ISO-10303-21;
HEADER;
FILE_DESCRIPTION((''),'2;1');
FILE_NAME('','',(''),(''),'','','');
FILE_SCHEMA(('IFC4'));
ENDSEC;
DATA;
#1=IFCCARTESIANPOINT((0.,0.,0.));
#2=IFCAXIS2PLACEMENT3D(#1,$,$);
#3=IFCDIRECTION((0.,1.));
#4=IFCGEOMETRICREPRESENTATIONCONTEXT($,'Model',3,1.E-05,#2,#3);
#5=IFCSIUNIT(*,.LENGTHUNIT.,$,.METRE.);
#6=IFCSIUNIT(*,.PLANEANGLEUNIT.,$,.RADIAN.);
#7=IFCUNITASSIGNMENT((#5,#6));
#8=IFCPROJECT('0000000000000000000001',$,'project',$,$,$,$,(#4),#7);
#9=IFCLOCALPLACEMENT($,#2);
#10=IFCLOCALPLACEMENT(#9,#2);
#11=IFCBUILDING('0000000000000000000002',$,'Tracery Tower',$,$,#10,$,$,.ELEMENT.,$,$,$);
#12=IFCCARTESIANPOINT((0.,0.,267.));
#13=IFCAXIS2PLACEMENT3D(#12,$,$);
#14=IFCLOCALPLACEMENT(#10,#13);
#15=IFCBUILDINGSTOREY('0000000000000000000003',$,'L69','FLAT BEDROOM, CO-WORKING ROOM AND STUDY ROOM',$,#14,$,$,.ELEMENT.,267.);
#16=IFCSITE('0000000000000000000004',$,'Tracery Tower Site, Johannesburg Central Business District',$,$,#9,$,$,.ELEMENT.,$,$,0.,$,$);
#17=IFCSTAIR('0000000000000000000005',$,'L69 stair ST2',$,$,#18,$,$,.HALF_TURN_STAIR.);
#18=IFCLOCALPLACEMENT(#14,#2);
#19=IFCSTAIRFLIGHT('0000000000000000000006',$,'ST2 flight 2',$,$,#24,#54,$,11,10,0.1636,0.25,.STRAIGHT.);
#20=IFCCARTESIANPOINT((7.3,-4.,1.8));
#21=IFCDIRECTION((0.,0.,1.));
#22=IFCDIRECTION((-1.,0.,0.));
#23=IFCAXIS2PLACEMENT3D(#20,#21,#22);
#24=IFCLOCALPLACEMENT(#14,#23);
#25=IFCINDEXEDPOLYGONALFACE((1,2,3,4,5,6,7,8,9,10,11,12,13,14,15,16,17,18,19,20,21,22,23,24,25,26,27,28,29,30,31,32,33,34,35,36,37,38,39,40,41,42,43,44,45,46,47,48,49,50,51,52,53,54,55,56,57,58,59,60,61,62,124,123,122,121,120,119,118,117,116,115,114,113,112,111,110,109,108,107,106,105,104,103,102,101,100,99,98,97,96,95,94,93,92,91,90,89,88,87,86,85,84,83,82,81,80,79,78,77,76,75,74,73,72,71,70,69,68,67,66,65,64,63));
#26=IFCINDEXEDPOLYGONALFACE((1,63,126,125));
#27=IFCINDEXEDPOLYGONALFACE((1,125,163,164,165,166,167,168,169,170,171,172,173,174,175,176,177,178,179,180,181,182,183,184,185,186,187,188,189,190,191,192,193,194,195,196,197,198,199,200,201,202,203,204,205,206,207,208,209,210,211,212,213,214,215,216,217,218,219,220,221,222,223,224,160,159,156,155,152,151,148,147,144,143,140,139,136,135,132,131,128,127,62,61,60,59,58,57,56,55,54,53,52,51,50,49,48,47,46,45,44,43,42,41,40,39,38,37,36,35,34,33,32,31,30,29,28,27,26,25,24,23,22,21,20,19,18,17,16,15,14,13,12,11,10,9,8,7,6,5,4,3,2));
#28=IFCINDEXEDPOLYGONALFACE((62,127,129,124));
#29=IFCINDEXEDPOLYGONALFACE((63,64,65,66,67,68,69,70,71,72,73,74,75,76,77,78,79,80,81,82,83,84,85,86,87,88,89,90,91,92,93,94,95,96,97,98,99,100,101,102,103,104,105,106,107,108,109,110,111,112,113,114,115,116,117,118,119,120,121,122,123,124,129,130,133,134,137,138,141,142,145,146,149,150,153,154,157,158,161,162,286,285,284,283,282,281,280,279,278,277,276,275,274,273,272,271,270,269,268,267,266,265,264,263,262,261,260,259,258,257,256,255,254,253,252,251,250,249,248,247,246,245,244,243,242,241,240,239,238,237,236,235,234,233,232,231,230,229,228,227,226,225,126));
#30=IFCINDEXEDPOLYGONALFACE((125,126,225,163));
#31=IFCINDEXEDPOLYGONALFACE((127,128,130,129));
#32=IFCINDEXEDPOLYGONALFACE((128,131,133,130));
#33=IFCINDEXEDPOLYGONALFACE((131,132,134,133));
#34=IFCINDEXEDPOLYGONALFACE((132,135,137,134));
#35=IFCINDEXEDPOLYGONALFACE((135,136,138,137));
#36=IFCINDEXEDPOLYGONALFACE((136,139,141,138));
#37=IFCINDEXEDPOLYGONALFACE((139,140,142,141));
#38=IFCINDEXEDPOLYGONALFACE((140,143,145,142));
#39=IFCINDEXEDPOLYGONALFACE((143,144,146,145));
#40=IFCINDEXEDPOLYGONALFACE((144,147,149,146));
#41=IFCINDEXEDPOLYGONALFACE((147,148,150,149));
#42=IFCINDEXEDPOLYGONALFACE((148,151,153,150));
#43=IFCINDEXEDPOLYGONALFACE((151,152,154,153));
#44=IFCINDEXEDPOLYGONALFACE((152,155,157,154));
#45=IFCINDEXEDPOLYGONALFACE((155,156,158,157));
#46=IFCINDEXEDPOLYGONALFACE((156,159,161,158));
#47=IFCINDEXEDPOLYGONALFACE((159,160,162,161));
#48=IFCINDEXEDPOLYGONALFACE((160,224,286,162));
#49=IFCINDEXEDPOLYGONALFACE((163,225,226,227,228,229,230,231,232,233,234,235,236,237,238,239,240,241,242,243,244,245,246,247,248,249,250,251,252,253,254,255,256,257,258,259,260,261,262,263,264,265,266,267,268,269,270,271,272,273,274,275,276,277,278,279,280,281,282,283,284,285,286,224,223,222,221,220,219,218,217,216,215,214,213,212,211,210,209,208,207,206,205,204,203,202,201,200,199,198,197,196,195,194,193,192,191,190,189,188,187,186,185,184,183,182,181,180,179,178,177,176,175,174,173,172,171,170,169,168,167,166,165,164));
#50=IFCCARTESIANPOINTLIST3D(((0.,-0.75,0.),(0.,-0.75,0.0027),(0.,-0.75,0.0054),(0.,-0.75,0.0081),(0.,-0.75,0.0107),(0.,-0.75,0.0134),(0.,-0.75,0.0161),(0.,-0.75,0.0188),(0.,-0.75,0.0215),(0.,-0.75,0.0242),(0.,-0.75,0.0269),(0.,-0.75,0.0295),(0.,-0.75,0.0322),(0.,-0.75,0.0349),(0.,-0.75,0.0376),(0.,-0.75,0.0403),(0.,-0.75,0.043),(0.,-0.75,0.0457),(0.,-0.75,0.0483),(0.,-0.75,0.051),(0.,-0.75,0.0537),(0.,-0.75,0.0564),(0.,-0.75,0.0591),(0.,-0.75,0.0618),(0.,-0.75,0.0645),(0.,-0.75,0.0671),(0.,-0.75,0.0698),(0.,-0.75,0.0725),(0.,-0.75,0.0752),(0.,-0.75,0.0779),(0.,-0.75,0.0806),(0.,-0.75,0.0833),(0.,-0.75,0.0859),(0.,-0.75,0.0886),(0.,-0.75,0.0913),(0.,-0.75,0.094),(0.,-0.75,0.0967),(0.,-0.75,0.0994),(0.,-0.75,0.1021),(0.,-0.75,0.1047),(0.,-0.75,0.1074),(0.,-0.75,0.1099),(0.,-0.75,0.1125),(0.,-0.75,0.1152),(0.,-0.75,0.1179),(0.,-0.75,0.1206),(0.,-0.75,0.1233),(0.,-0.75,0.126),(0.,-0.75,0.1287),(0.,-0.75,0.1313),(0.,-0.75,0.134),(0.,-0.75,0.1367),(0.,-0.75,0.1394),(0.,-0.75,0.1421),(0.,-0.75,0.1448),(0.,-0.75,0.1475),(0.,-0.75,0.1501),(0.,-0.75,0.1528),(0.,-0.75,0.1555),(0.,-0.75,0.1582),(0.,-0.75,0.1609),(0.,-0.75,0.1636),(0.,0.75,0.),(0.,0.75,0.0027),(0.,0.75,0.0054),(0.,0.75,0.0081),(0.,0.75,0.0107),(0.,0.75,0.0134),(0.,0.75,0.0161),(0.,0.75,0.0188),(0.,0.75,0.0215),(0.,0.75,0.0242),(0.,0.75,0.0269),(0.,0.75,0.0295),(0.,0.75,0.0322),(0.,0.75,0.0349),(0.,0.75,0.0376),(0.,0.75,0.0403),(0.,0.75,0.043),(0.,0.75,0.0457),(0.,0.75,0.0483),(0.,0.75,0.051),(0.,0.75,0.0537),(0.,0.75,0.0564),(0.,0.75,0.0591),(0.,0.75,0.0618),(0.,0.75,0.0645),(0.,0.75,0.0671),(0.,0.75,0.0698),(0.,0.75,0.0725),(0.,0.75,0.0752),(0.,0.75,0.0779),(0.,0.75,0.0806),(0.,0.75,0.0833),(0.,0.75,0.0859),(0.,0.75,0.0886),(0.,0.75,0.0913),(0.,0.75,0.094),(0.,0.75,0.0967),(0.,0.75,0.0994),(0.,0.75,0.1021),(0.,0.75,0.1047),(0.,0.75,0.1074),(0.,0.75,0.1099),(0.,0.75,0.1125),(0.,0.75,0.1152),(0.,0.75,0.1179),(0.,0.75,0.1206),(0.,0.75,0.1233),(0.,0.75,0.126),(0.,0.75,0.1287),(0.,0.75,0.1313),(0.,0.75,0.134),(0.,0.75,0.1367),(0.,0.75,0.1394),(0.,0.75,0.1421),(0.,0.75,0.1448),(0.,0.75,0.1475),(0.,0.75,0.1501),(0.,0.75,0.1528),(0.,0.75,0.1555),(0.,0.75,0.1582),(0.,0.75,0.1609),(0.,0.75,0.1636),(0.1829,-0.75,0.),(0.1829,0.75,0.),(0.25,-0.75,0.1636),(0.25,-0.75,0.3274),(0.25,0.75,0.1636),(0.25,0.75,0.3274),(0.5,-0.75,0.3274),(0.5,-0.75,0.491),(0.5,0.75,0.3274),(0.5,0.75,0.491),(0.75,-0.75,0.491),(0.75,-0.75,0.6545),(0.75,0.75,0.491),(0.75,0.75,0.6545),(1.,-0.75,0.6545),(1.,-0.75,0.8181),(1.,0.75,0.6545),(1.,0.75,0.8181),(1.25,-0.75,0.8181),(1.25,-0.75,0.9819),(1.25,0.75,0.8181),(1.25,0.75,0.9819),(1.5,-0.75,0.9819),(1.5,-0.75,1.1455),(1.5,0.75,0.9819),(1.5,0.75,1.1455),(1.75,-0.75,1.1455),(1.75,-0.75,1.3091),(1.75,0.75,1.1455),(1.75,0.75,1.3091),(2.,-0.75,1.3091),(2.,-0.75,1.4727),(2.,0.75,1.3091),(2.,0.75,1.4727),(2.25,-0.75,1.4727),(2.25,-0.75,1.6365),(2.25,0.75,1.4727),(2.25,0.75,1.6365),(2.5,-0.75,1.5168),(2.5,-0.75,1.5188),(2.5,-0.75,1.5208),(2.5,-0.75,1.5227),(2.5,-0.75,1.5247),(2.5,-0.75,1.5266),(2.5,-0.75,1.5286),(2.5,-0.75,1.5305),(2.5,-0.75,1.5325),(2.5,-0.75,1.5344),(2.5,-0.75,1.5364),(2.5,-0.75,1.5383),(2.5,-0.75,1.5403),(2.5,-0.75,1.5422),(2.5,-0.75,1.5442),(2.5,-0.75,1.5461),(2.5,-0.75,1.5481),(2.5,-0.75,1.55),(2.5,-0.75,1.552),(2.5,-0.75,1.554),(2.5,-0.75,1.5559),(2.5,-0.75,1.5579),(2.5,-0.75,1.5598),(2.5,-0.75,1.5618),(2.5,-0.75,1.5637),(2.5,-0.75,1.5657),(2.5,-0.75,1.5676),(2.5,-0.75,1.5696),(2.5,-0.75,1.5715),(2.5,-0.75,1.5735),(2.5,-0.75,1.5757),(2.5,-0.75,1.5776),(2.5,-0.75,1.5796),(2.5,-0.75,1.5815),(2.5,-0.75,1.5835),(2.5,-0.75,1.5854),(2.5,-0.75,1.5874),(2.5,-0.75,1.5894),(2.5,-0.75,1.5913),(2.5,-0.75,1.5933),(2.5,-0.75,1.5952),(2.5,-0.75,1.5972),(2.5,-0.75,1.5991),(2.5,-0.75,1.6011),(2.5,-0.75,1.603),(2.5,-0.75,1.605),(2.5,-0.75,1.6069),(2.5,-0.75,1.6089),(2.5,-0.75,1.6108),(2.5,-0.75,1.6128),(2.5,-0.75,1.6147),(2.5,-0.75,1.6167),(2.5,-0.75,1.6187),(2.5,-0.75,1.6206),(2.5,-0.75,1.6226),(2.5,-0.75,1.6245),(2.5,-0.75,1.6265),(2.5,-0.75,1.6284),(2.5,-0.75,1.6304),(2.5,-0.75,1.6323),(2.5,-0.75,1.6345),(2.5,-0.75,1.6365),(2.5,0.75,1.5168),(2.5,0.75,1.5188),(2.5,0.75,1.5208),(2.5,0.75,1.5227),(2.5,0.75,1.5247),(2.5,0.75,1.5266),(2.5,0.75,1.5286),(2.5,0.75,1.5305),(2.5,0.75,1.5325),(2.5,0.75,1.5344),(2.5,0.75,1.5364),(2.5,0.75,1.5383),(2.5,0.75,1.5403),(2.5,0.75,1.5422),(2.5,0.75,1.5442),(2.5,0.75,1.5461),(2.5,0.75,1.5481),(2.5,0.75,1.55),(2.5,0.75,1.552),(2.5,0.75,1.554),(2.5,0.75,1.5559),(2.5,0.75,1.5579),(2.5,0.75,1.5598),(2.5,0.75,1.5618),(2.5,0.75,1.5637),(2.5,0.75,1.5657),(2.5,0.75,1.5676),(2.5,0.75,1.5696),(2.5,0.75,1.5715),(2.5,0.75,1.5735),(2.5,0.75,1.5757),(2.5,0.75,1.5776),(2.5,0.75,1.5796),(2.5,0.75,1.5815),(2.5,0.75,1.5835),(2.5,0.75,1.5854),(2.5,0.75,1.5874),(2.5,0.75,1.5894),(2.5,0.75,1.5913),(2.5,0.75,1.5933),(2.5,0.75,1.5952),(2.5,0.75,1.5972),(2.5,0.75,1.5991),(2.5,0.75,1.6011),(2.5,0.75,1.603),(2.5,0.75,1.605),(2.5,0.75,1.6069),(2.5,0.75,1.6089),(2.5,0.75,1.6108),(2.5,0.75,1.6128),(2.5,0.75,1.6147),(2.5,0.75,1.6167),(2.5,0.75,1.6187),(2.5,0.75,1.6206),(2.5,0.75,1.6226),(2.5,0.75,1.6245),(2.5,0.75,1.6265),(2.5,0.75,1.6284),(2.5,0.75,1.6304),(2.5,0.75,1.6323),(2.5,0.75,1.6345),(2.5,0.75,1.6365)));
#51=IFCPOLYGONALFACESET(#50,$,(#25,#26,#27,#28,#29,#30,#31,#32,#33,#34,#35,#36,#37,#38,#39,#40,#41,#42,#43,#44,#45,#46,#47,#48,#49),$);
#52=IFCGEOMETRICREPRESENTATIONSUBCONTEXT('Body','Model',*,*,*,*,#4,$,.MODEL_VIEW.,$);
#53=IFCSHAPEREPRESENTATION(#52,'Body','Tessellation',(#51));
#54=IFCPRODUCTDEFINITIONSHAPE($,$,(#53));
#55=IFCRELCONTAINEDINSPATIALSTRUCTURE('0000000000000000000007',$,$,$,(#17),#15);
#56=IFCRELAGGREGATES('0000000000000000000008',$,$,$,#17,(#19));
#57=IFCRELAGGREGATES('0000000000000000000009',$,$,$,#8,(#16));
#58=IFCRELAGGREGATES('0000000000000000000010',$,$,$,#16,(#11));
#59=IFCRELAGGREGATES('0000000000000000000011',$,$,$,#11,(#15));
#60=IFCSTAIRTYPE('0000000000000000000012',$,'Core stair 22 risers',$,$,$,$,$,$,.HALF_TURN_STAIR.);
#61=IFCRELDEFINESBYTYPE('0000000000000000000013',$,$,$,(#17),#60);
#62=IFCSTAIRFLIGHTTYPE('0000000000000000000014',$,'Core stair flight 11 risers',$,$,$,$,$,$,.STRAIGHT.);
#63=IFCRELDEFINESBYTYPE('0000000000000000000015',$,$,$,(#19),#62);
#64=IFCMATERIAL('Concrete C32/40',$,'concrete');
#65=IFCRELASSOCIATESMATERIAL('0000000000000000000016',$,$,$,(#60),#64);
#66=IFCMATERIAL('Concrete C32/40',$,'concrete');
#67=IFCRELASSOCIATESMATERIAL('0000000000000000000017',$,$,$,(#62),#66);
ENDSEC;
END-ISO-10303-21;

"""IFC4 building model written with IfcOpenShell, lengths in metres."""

from ifc_helpers import new_model, si_unit, direction, frame, origin, place, context, subcontext, project, spatial, polyline, outline, extrude, material, type_object, element, aggregate, save


model = new_model("IFC4")

# Units and contexts
model_context = context("Model", 3, precision=1e-05, world=origin(), true_north=direction((0.0, 1.0)))
body_context = subcontext(model_context, "Body", "Model", "MODEL_VIEW")
ifc_project = project(units=[si_unit("LENGTHUNIT", "METRE"), si_unit("PLANEANGLEUNIT", "RADIAN")], contexts=[model_context])

# Site, building, storey
site_placement = place(None, origin())
site = spatial("IfcSite", under=ifc_project, at=site_placement, Name="Tracery Tower Site, Johannesburg Central Business District", CompositionType="ELEMENT", RefElevation=0.0)
building_placement = place(site_placement, origin())
building = spatial("IfcBuilding", under=site, at=building_placement, Name="Tracery Tower", CompositionType="ELEMENT")
storey_placement = place(building_placement, frame((0.0, 0.0, 267.0)))
storey = spatial("IfcBuildingStorey", under=building, at=storey_placement, Name="L69", Description="FLAT BEDROOM, CO-WORKING ROOM AND STUDY ROOM", CompositionType="ELEMENT", Elevation=267.0)

# Stair, stair flight
ifc_material_1 = material(Name="Concrete C32/40", Category="concrete")
stair_type = type_object("IfcStairType", Name="Core stair 22 risers", PredefinedType="HALF_TURN_STAIR", material=ifc_material_1)
stair_placement = place(storey_placement, origin())
stair = element("IfcStair", 1, at=stair_placement, inside=storey, type_object=stair_type, Name="L69 stair ST2", PredefinedType="HALF_TURN_STAIR")
ifc_material_2 = material(Name="Concrete C32/40", Category="concrete")
stair_flight_type = type_object("IfcStairFlightType", Name="Core stair flight 11 risers", PredefinedType="STRAIGHT", material=ifc_material_2)
stair_flight_1_placement = place(storey_placement, frame((7.3, -4.0, 1.8), z_axis=(0.0, 0.0, 1.0), x_axis=(-1.0, 0.0, 0.0)))
stair_flight_1 = element("IfcStairFlight", 2, at=stair_flight_1_placement, type_object=stair_flight_type, Name="ST2 flight 2", NumberOfRisers=11, NumberOfTreads=10, PredefinedType="STRAIGHT", RiserHeight=0.1636, TreadLength=0.25, context=body_context, shape_type="SweptSolid", body=[
    extrude(outline(polyline([(0.0, 0.0), (0.0, 0.0027), (0.0, 0.0054), (0.0, 0.0081), (0.0, 0.0107), (0.0, 0.0134), (0.0, 0.0161), (0.0, 0.0188), (0.0, 0.0215), (0.0, 0.0242), (0.0, 0.0269), (0.0, 0.0295), (0.0, 0.0322), (0.0, 0.0349), (0.0, 0.0376), (0.0, 0.0403), (0.0, 0.043), (0.0, 0.0457), (0.0, 0.0483), (0.0, 0.051), (0.0, 0.0537), (0.0, 0.0564), (0.0, 0.0591), (0.0, 0.0618), (0.0, 0.0645), (0.0, 0.0671), (0.0, 0.0698), (0.0, 0.0725), (0.0, 0.0752), (0.0, 0.0779), (0.0, 0.0806), (0.0, 0.0833), (0.0, 0.0859), (0.0, 0.0886), (0.0, 0.0913), (0.0, 0.094), (0.0, 0.0967), (0.0, 0.0994), (0.0, 0.1021), (0.0, 0.1047), (0.0, 0.1074), (0.0, 0.1099), (0.0, 0.1125), (0.0, 0.1152), (0.0, 0.1179), (0.0, 0.1206), (0.0, 0.1233), (0.0, 0.126), (0.0, 0.1287), (0.0, 0.1313), (0.0, 0.134), (0.0, 0.1367), (0.0, 0.1394), (0.0, 0.1421), (0.0, 0.1448), (0.0, 0.1475), (0.0, 0.1501), (0.0, 0.1528), (0.0, 0.1555), (0.0, 0.1582), (0.0, 0.1609), (0.0, 0.1636), (0.25, 0.1636), (0.25, 0.3274), (0.5, 0.3274), (0.5, 0.491), (0.75, 0.491), (0.75, 0.6545), (1.0, 0.6545), (1.0, 0.8181), (1.25, 0.8181), (1.25, 0.9819), (1.5, 0.9819), (1.5, 1.1455), (1.75, 1.1455), (1.75, 1.3091), (2.0, 1.3091), (2.0, 1.4727), (2.25, 1.4727), (2.25, 1.6365), (2.5, 1.6365), (2.5, 1.6345), (2.5, 1.6323), (2.5, 1.6304), (2.5, 1.6284), (2.5, 1.6265), (2.5, 1.6245), (2.5, 1.6226), (2.5, 1.6206), (2.5, 1.6187), (2.5, 1.6167), (2.5, 1.6147), (2.5, 1.6128), (2.5, 1.6108), (2.5, 1.6089), (2.5, 1.6069), (2.5, 1.605), (2.5, 1.603), (2.5, 1.6011), (2.5, 1.5991), (2.5, 1.5972), (2.5, 1.5952), (2.5, 1.5933), (2.5, 1.5913), (2.5, 1.5894), (2.5, 1.5874), (2.5, 1.5854), (2.5, 1.5835), (2.5, 1.5815), (2.5, 1.5796), (2.5, 1.5776), (2.5, 1.5757), (2.5, 1.5735), (2.5, 1.5715), (2.5, 1.5696), (2.5, 1.5676), (2.5, 1.5657), (2.5, 1.5637), (2.5, 1.5618), (2.5, 1.5598), (2.5, 1.5579), (2.5, 1.5559), (2.5, 1.554), (2.5, 1.552), (2.5, 1.55), (2.5, 1.5481), (2.5, 1.5461), (2.5, 1.5442), (2.5, 1.5422), (2.5, 1.5403), (2.5, 1.5383), (2.5, 1.5364), (2.5, 1.5344), (2.5, 1.5325), (2.5, 1.5305), (2.5, 1.5286), (2.5, 1.5266), (2.5, 1.5247), (2.5, 1.5227), (2.5, 1.5208), (2.5, 1.5188), (2.5, 1.5168), (0.1829, 0.0), (0.0, 0.0)])), frame((0.0, 0.75, 0.0), z_axis=(0.0, -1.0, 0.0), x_axis=(1.0, 0.0, 0.0)), (0.0, 0.0, 1.0), 1.5),
])
aggregate(stair, [stair_flight_1])

save(model, "model.ifc")
